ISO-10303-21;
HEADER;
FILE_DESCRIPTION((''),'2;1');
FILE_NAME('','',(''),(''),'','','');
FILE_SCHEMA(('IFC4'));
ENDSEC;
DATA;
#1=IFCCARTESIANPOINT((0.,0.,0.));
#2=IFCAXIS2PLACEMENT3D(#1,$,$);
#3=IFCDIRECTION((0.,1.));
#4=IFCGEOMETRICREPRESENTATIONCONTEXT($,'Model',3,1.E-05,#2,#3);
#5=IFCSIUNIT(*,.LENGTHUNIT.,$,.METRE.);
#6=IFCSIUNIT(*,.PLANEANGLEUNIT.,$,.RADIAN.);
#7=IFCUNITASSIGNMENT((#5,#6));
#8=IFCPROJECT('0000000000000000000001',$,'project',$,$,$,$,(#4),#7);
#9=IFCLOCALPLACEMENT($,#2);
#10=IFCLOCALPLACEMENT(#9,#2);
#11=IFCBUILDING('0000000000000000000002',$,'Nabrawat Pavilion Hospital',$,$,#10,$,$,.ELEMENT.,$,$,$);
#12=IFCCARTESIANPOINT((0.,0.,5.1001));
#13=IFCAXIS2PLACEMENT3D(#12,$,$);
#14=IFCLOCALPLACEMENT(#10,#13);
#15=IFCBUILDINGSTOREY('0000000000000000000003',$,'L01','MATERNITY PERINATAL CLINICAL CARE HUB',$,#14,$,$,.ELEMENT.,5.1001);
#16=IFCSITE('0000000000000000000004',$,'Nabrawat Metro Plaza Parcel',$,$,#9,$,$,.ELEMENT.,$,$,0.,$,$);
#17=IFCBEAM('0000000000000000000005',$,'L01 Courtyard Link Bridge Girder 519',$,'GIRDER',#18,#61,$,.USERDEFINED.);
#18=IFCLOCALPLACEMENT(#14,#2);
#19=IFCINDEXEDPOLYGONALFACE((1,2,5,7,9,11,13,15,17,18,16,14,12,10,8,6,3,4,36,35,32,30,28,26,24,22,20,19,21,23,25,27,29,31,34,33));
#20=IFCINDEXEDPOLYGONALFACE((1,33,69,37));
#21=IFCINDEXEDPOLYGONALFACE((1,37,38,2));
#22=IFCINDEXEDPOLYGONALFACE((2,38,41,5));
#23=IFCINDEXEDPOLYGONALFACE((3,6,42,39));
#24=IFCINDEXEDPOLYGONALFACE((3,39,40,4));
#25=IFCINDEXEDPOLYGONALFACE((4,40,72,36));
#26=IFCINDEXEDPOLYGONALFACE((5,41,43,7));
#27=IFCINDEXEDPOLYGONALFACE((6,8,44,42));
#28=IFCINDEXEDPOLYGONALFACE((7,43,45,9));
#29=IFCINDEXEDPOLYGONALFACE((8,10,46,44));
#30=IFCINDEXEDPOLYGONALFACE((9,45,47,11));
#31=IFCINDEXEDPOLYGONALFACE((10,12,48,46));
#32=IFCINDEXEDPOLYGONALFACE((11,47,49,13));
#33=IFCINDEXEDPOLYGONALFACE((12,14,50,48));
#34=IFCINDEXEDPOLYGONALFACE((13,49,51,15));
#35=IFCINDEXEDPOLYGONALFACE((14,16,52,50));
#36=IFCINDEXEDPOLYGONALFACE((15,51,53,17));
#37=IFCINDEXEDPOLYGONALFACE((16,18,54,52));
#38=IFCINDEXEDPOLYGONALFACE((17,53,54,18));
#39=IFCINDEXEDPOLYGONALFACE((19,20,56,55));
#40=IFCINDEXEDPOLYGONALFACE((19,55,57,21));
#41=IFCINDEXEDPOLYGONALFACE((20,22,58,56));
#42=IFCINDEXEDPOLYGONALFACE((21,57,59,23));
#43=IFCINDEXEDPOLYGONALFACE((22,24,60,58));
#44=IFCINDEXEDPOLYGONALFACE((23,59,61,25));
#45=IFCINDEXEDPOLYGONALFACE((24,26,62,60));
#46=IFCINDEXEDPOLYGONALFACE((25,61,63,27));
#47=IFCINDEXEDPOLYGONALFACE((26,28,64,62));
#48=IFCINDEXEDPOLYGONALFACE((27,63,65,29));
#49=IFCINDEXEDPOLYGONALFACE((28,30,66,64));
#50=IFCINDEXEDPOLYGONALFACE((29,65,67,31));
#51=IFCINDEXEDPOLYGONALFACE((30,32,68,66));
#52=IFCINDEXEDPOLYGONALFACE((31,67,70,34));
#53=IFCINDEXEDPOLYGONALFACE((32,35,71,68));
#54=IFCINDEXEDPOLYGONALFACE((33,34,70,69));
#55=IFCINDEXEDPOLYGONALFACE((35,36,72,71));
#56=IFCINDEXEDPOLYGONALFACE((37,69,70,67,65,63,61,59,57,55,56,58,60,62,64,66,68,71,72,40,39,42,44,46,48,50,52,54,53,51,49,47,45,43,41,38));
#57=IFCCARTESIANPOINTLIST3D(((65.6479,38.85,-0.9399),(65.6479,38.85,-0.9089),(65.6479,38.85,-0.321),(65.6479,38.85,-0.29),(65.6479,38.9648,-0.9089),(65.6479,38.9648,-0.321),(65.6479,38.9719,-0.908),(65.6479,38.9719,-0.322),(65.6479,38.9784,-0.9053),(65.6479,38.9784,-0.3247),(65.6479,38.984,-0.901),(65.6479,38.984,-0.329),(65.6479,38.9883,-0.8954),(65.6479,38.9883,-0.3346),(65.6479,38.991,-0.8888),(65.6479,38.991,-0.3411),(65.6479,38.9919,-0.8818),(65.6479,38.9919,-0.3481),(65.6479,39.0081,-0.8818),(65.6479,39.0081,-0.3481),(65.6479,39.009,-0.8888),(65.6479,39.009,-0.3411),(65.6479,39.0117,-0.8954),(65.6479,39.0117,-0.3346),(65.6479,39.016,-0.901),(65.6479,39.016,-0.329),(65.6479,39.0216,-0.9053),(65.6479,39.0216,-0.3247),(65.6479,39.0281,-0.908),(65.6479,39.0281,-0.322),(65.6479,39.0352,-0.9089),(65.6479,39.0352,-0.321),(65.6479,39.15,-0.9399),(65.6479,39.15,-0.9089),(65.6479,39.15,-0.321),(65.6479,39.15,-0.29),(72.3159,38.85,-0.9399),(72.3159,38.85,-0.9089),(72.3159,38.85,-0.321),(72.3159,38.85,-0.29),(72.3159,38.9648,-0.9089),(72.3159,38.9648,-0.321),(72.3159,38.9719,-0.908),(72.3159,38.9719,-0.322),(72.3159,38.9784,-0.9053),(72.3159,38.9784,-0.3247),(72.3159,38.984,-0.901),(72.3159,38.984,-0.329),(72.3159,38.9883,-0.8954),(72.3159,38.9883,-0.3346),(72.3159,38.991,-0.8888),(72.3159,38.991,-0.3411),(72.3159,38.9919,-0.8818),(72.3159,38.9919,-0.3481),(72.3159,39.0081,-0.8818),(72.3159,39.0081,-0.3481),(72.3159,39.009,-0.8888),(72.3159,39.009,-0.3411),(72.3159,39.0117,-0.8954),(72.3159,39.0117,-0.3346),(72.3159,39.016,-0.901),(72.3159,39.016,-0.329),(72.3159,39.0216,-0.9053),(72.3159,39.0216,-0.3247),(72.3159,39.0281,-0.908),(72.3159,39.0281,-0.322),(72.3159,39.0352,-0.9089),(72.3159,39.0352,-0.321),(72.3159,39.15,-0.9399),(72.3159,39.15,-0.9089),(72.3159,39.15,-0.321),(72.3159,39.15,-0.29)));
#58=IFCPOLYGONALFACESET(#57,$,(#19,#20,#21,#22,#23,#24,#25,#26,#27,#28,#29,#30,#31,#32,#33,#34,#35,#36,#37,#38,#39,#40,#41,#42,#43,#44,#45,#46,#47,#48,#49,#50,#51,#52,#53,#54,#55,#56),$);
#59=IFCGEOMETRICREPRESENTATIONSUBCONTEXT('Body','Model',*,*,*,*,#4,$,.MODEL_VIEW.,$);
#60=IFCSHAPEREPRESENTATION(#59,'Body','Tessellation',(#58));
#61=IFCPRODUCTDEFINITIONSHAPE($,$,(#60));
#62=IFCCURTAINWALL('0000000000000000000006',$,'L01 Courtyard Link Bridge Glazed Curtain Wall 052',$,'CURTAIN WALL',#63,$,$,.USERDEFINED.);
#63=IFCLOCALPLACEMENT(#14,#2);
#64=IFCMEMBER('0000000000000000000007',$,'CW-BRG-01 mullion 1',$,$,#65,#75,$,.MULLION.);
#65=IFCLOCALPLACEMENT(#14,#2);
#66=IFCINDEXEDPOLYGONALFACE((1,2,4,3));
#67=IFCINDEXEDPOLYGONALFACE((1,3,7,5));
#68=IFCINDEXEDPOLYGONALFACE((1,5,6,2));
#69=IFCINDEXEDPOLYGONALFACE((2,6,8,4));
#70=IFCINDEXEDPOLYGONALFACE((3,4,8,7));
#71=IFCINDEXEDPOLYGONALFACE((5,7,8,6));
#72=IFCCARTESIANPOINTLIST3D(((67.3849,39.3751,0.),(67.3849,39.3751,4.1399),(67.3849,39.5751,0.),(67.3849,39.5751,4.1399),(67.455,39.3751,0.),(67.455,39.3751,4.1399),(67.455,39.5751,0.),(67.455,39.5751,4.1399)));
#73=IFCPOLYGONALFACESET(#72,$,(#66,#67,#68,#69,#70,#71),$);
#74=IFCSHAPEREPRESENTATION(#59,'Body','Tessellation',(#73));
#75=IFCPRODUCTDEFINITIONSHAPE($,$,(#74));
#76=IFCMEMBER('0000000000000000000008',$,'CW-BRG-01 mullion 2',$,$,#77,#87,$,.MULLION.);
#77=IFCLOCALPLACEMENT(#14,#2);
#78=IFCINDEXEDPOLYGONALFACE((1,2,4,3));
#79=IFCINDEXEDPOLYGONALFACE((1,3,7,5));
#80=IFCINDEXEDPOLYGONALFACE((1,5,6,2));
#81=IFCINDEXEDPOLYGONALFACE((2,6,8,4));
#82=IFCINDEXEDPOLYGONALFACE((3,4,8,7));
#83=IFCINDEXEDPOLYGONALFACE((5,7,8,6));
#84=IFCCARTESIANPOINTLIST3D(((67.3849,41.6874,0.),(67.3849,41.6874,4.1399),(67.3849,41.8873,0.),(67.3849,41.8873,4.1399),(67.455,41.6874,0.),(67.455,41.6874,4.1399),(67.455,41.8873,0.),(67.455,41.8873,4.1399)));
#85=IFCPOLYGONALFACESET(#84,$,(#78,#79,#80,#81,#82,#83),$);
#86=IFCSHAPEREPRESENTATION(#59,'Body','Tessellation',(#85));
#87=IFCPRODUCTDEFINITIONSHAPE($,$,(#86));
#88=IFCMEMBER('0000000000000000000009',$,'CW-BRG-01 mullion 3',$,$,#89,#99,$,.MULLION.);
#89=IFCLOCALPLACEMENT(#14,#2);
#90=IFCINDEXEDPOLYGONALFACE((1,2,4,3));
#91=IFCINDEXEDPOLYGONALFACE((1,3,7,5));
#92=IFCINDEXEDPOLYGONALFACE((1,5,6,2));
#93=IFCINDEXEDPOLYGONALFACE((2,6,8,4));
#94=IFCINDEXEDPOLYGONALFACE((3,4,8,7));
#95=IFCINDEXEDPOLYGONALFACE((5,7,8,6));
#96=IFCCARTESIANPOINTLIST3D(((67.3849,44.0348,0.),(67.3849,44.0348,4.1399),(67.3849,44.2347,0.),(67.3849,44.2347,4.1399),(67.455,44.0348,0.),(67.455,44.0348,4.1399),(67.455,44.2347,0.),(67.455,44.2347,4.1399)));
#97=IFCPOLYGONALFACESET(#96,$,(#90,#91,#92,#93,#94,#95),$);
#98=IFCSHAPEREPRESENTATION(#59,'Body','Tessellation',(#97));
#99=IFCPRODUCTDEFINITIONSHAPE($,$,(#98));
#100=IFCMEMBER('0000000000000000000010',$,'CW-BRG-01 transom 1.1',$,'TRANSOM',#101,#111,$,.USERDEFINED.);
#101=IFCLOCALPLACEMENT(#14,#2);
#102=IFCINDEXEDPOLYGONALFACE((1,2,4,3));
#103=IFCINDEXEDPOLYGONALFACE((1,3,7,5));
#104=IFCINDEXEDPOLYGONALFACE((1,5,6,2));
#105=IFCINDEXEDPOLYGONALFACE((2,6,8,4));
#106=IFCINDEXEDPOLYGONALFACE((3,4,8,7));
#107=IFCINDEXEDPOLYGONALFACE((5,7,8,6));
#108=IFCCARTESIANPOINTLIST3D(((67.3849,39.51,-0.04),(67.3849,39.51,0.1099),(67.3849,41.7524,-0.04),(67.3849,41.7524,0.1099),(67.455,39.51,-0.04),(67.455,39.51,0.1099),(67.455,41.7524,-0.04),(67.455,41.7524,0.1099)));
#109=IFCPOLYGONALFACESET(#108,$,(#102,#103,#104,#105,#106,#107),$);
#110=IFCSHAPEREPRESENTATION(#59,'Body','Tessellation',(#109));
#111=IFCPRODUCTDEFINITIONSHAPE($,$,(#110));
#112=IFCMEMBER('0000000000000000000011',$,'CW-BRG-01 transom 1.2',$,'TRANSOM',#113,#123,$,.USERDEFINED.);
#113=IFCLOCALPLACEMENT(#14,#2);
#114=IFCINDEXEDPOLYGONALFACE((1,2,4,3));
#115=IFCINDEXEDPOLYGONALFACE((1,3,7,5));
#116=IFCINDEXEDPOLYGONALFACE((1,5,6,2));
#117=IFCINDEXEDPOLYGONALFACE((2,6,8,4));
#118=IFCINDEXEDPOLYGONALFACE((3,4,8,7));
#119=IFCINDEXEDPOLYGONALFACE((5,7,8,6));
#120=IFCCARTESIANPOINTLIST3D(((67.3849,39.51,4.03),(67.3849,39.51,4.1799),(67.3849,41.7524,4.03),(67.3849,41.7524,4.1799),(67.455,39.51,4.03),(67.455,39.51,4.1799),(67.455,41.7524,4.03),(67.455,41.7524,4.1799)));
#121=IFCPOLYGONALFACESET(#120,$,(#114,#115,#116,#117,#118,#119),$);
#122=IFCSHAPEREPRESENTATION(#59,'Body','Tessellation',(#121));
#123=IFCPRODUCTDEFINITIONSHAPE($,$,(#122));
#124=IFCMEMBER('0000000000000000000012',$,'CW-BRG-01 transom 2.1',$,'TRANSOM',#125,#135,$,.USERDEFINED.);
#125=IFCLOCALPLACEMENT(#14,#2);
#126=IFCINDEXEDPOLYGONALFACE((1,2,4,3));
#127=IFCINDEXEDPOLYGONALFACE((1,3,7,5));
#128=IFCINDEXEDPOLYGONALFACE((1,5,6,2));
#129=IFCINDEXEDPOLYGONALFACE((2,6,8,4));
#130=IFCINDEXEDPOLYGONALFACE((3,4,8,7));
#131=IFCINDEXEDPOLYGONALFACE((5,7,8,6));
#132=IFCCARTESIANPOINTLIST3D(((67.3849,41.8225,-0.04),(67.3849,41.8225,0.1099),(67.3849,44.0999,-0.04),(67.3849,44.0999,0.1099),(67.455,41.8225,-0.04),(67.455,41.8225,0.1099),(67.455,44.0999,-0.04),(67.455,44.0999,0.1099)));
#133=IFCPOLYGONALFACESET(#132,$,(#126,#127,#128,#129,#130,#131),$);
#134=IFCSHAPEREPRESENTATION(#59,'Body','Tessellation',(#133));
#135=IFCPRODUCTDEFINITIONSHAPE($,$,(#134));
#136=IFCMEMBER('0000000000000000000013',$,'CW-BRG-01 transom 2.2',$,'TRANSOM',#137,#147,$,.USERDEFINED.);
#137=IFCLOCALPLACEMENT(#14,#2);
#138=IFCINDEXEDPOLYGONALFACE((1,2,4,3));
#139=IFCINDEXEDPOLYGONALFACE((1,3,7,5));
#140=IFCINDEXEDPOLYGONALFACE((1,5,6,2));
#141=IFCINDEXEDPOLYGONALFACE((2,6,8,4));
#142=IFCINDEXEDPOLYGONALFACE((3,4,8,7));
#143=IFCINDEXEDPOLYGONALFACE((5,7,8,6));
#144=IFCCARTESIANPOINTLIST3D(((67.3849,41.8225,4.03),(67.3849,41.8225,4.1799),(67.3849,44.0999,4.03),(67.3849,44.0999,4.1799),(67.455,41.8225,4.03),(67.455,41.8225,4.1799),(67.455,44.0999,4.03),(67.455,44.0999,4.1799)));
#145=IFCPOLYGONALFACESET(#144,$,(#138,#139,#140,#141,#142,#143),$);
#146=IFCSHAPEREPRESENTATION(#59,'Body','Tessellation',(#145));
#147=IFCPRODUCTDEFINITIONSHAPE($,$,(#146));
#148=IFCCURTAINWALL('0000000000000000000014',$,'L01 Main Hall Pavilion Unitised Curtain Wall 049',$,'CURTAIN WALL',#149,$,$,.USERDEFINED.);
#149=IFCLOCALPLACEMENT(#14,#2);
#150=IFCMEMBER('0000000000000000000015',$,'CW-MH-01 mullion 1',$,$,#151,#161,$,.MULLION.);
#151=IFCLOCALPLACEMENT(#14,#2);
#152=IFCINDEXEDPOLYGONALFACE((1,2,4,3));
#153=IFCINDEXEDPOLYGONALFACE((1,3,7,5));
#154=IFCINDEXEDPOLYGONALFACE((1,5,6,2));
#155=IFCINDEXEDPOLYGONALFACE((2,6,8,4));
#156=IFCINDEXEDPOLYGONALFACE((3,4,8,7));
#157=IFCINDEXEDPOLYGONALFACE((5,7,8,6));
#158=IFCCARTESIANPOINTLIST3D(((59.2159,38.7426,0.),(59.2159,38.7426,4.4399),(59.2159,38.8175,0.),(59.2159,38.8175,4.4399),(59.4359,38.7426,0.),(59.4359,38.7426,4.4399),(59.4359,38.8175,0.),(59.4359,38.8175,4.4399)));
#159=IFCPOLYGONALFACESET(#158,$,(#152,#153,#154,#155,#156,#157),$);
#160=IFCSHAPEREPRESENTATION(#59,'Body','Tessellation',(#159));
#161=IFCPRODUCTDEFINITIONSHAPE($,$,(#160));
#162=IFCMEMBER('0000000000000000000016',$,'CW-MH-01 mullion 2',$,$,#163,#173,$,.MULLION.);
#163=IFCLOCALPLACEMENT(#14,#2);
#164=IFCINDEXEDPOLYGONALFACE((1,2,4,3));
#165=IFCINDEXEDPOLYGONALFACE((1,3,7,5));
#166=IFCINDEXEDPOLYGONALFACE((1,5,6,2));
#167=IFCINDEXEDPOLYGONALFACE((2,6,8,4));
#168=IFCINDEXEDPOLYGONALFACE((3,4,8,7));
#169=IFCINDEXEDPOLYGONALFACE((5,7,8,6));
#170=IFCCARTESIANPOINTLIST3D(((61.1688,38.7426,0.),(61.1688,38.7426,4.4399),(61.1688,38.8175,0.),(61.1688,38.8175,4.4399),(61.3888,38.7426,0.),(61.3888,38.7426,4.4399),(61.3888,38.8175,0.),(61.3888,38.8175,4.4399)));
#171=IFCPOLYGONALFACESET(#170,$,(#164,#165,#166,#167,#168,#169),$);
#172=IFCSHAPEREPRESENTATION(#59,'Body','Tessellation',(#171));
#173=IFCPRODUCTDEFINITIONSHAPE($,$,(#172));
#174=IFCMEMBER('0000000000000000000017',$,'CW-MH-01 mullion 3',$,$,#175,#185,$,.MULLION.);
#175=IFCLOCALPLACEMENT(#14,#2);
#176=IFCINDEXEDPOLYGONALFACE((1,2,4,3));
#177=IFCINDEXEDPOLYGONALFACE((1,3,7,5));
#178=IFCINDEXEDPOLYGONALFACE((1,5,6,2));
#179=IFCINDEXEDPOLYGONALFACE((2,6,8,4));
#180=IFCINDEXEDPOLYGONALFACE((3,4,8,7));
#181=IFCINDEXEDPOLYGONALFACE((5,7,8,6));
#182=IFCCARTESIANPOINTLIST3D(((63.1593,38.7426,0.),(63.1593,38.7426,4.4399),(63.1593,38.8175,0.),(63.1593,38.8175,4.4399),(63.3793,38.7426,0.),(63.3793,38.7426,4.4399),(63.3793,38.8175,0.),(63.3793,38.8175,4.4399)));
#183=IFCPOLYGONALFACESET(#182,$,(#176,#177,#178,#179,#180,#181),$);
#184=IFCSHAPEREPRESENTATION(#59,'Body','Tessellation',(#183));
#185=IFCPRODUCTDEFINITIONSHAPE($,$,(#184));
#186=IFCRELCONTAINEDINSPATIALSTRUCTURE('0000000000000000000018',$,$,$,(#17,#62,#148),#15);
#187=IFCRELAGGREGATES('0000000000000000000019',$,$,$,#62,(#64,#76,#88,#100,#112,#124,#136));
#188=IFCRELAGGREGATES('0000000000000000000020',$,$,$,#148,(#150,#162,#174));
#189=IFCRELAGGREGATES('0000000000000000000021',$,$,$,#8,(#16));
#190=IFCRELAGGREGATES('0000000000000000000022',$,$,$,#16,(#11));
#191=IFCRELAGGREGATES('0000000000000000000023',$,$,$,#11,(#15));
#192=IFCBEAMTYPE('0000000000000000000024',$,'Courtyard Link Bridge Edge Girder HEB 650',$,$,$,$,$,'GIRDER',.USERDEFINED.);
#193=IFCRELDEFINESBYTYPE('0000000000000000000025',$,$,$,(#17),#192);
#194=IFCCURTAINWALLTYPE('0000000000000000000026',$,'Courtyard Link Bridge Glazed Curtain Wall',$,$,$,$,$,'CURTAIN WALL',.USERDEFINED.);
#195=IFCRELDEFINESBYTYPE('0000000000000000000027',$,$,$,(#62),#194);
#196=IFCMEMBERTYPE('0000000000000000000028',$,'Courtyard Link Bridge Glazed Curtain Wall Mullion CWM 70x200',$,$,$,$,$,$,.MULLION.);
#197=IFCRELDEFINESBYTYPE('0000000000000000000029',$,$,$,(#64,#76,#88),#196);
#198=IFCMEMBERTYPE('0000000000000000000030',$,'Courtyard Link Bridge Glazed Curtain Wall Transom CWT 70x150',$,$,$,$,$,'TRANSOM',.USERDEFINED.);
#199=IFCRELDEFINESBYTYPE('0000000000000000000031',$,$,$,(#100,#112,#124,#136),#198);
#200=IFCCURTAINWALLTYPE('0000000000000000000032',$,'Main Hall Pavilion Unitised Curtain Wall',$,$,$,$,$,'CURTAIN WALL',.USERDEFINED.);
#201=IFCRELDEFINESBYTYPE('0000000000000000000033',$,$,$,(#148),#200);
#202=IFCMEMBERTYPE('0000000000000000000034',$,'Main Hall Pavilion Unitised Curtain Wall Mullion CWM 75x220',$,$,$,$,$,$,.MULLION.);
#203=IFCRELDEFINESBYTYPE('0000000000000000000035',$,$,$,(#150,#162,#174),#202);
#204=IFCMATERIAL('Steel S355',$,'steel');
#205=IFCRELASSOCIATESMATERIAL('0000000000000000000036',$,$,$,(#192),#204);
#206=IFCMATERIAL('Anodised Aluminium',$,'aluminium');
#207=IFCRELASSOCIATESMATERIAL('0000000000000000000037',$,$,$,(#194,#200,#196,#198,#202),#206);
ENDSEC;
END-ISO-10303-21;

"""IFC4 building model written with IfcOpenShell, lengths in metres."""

from ifc_helpers import new_model, si_unit, direction, frame, origin, origin_2d, place, context, subcontext, project, spatial, rectangle, i_section, extrude, material, material_profile, profile_set, type_object, element, aggregate, save


model = new_model("IFC4")

# Units and contexts
model_context = context("Model", 3, precision=1e-05, world=origin(), true_north=direction((0.0, 1.0)))
body_context = subcontext(model_context, "Body", "Model", "MODEL_VIEW")
ifc_project = project(units=[si_unit("LENGTHUNIT", "METRE"), si_unit("PLANEANGLEUNIT", "RADIAN")], contexts=[model_context])

# Site, building, storey
site_placement = place(None, origin())
site = spatial("IfcSite", under=ifc_project, at=site_placement, Name="Nabrawat Metro Plaza Parcel", CompositionType="ELEMENT", RefElevation=0.0)
building_placement = place(site_placement, origin())
building = spatial("IfcBuilding", under=site, at=building_placement, Name="Nabrawat Pavilion Hospital", CompositionType="ELEMENT")
storey_placement = place(building_placement, frame((0.0, 0.0, 5.1001)))
storey = spatial("IfcBuildingStorey", under=building, at=storey_placement, Name="L01", Description="MATERNITY PERINATAL CLINICAL CARE HUB", CompositionType="ELEMENT", Elevation=5.1001)

# Shared definitions
ifc_material_1 = material(Name="Steel S355", Category="steel")

# Beam
ifc_material_profile_1 = material_profile(ifc_material_1, i_section(OverallWidth=0.3, OverallDepth=0.6499, WebThickness=0.0161, FlangeThickness=0.031, FilletRadius=0.0271, at=origin_2d()), Name="HEB 650")
ifc_profile_set_1 = profile_set([ifc_material_profile_1], Name="Steel S355")
beam_type_1 = type_object("IfcBeamType", Name="Courtyard Link Bridge Edge Girder HEB 650", ElementType="GIRDER", PredefinedType="USERDEFINED", material=ifc_profile_set_1)
beam_1_placement = place(storey_placement, frame((65.6479, 39.0, -0.615), z_axis=(1.0, 0.0, 0.0), x_axis=(0.0, 1.0, 0.0)))
element("IfcBeam", 1, at=beam_1_placement, inside=storey, type_object=beam_type_1, Name="L01 Courtyard Link Bridge Girder 519", ObjectType="GIRDER", PredefinedType="USERDEFINED", context=body_context, shape_type="SweptSolid", body=[
    extrude(i_section(OverallWidth=0.3, OverallDepth=0.6499, WebThickness=0.0161, FlangeThickness=0.031, FilletRadius=0.0271, at=origin_2d()), origin(), (0.0, 0.0, 1.0), 6.668),
])

# Curtain walls, members
ifc_material_2 = material(Name="Anodised Aluminium", Category="aluminium")
curtain_wall_type_1 = type_object("IfcCurtainWallType", Name="Courtyard Link Bridge Glazed Curtain Wall", ElementType="CURTAIN WALL", PredefinedType="USERDEFINED", material=ifc_material_2)
curtain_wall_1_placement = place(storey_placement, origin())
curtain_wall_1 = element("IfcCurtainWall", 2, at=curtain_wall_1_placement, inside=storey, type_object=curtain_wall_type_1, Name="L01 Courtyard Link Bridge Glazed Curtain Wall 052", ObjectType="CURTAIN WALL", PredefinedType="USERDEFINED")
ifc_material_profile_2 = material_profile(ifc_material_2, rectangle(XDim=0.0701, YDim=0.2, at=origin_2d()), Name="CWM 70x200")
ifc_profile_set_2 = profile_set([ifc_material_profile_2], Name="Anodised Aluminium")
member_type_1 = type_object("IfcMemberType", Name="Courtyard Link Bridge Glazed Curtain Wall Mullion CWM 70x200", PredefinedType="MULLION", material=ifc_profile_set_2)
member_1_placement = place(storey_placement, frame((67.4199, 39.4751, 0.0), z_axis=(0.0, 0.0, 1.0), x_axis=(-1.0, 0.0, 0.0)))
member_1 = element("IfcMember", 3, at=member_1_placement, type_object=member_type_1, Name="CW-BRG-01 mullion 1", PredefinedType="MULLION", context=body_context, shape_type="SweptSolid", body=[
    extrude(rectangle(XDim=0.0701, YDim=0.2, at=origin_2d()), origin(), (0.0, 0.0, 1.0), 4.1399),
])
member_2_placement = place(storey_placement, frame((67.4199, 41.7874, 0.0), z_axis=(0.0, 0.0, 1.0), x_axis=(-1.0, 0.0, 0.0)))
member_2 = element("IfcMember", 4, at=member_2_placement, type_object=member_type_1, Name="CW-BRG-01 mullion 2", PredefinedType="MULLION", context=body_context, shape_type="SweptSolid", body=[
    extrude(rectangle(XDim=0.0701, YDim=0.2, at=origin_2d()), origin(), (0.0, 0.0, 1.0), 4.1399),
])
member_3_placement = place(storey_placement, frame((67.4199, 44.1348, 0.0), z_axis=(0.0, 0.0, 1.0), x_axis=(-1.0, 0.0, 0.0)))
member_3 = element("IfcMember", 5, at=member_3_placement, type_object=member_type_1, Name="CW-BRG-01 mullion 3", PredefinedType="MULLION", context=body_context, shape_type="SweptSolid", body=[
    extrude(rectangle(XDim=0.0701, YDim=0.2, at=origin_2d()), origin(), (0.0, 0.0, 1.0), 4.1399),
])
ifc_material_profile_3 = material_profile(ifc_material_2, rectangle(XDim=0.0701, YDim=0.1499, at=origin_2d()), Name="CWT 70x150")
ifc_profile_set_3 = profile_set([ifc_material_profile_3], Name="Anodised Aluminium")
member_type_2 = type_object("IfcMemberType", Name="Courtyard Link Bridge Glazed Curtain Wall Transom CWT 70x150", ElementType="TRANSOM", PredefinedType="USERDEFINED", material=ifc_profile_set_3)
member_4_placement = place(storey_placement, frame((67.4199, 39.51, 0.0349), z_axis=(0.0, 1.0, 0.0), x_axis=(-1.0, 0.0, 0.0)))
member_4 = element("IfcMember", 6, at=member_4_placement, type_object=member_type_2, Name="CW-BRG-01 transom 1.1", ObjectType="TRANSOM", PredefinedType="USERDEFINED", context=body_context, shape_type="SweptSolid", body=[
    extrude(rectangle(XDim=0.0701, YDim=0.1499, at=origin_2d()), origin(), (0.0, 0.0, 1.0), 2.2424),
])
member_5_placement = place(storey_placement, frame((67.4199, 39.51, 4.105), z_axis=(0.0, 1.0, 0.0), x_axis=(-1.0, 0.0, 0.0)))
member_5 = element("IfcMember", 7, at=member_5_placement, type_object=member_type_2, Name="CW-BRG-01 transom 1.2", ObjectType="TRANSOM", PredefinedType="USERDEFINED", context=body_context, shape_type="SweptSolid", body=[
    extrude(rectangle(XDim=0.0701, YDim=0.1499, at=origin_2d()), origin(), (0.0, 0.0, 1.0), 2.2424),
])
member_6_placement = place(storey_placement, frame((67.4199, 41.8225, 0.0349), z_axis=(0.0, 1.0, 0.0), x_axis=(-1.0, 0.0, 0.0)))
member_6 = element("IfcMember", 8, at=member_6_placement, type_object=member_type_2, Name="CW-BRG-01 transom 2.1", ObjectType="TRANSOM", PredefinedType="USERDEFINED", context=body_context, shape_type="SweptSolid", body=[
    extrude(rectangle(XDim=0.0701, YDim=0.1499, at=origin_2d()), origin(), (0.0, 0.0, 1.0), 2.2773),
])
member_7_placement = place(storey_placement, frame((67.4199, 41.8225, 4.105), z_axis=(0.0, 1.0, 0.0), x_axis=(-1.0, 0.0, 0.0)))
member_7 = element("IfcMember", 9, at=member_7_placement, type_object=member_type_2, Name="CW-BRG-01 transom 2.2", ObjectType="TRANSOM", PredefinedType="USERDEFINED", context=body_context, shape_type="SweptSolid", body=[
    extrude(rectangle(XDim=0.0701, YDim=0.1499, at=origin_2d()), origin(), (0.0, 0.0, 1.0), 2.2773),
])
curtain_wall_type_2 = type_object("IfcCurtainWallType", Name="Main Hall Pavilion Unitised Curtain Wall", ElementType="CURTAIN WALL", PredefinedType="USERDEFINED", material=ifc_material_2)
curtain_wall_2_placement = place(storey_placement, origin())
curtain_wall_2 = element("IfcCurtainWall", 10, at=curtain_wall_2_placement, inside=storey, type_object=curtain_wall_type_2, Name="L01 Main Hall Pavilion Unitised Curtain Wall 049", ObjectType="CURTAIN WALL", PredefinedType="USERDEFINED")
ifc_material_profile_4 = material_profile(ifc_material_2, rectangle(XDim=0.075, YDim=0.22, at=origin_2d()), Name="CWM 75x220")
ifc_profile_set_4 = profile_set([ifc_material_profile_4], Name="Anodised Aluminium")
member_type_3 = type_object("IfcMemberType", Name="Main Hall Pavilion Unitised Curtain Wall Mullion CWM 75x220", PredefinedType="MULLION", material=ifc_profile_set_4)
member_8_placement = place(storey_placement, frame((59.3259, 38.78, 0.0), z_axis=(0.0, 0.0, 1.0), x_axis=(0.0, 1.0, 0.0)))
member_8 = element("IfcMember", 11, at=member_8_placement, type_object=member_type_3, Name="CW-MH-01 mullion 1", PredefinedType="MULLION", context=body_context, shape_type="SweptSolid", body=[
    extrude(rectangle(XDim=0.075, YDim=0.22, at=origin_2d()), origin(), (0.0, 0.0, 1.0), 4.4399),
])
member_9_placement = place(storey_placement, frame((61.2788, 38.78, 0.0), z_axis=(0.0, 0.0, 1.0), x_axis=(0.0, 1.0, 0.0)))
member_9 = element("IfcMember", 12, at=member_9_placement, type_object=member_type_3, Name="CW-MH-01 mullion 2", PredefinedType="MULLION", context=body_context, shape_type="SweptSolid", body=[
    extrude(rectangle(XDim=0.075, YDim=0.22, at=origin_2d()), origin(), (0.0, 0.0, 1.0), 4.4399),
])
member_10_placement = place(storey_placement, frame((63.2693, 38.78, 0.0), z_axis=(0.0, 0.0, 1.0), x_axis=(0.0, 1.0, 0.0)))
member_10 = element("IfcMember", 13, at=member_10_placement, type_object=member_type_3, Name="CW-MH-01 mullion 3", PredefinedType="MULLION", context=body_context, shape_type="SweptSolid", body=[
    extrude(rectangle(XDim=0.075, YDim=0.22, at=origin_2d()), origin(), (0.0, 0.0, 1.0), 4.4399),
])

aggregate(curtain_wall_1, [member_1, member_2, member_3, member_4, member_5, member_6, member_7])
aggregate(curtain_wall_2, [member_8, member_9, member_10])

save(model, "model.ifc")
